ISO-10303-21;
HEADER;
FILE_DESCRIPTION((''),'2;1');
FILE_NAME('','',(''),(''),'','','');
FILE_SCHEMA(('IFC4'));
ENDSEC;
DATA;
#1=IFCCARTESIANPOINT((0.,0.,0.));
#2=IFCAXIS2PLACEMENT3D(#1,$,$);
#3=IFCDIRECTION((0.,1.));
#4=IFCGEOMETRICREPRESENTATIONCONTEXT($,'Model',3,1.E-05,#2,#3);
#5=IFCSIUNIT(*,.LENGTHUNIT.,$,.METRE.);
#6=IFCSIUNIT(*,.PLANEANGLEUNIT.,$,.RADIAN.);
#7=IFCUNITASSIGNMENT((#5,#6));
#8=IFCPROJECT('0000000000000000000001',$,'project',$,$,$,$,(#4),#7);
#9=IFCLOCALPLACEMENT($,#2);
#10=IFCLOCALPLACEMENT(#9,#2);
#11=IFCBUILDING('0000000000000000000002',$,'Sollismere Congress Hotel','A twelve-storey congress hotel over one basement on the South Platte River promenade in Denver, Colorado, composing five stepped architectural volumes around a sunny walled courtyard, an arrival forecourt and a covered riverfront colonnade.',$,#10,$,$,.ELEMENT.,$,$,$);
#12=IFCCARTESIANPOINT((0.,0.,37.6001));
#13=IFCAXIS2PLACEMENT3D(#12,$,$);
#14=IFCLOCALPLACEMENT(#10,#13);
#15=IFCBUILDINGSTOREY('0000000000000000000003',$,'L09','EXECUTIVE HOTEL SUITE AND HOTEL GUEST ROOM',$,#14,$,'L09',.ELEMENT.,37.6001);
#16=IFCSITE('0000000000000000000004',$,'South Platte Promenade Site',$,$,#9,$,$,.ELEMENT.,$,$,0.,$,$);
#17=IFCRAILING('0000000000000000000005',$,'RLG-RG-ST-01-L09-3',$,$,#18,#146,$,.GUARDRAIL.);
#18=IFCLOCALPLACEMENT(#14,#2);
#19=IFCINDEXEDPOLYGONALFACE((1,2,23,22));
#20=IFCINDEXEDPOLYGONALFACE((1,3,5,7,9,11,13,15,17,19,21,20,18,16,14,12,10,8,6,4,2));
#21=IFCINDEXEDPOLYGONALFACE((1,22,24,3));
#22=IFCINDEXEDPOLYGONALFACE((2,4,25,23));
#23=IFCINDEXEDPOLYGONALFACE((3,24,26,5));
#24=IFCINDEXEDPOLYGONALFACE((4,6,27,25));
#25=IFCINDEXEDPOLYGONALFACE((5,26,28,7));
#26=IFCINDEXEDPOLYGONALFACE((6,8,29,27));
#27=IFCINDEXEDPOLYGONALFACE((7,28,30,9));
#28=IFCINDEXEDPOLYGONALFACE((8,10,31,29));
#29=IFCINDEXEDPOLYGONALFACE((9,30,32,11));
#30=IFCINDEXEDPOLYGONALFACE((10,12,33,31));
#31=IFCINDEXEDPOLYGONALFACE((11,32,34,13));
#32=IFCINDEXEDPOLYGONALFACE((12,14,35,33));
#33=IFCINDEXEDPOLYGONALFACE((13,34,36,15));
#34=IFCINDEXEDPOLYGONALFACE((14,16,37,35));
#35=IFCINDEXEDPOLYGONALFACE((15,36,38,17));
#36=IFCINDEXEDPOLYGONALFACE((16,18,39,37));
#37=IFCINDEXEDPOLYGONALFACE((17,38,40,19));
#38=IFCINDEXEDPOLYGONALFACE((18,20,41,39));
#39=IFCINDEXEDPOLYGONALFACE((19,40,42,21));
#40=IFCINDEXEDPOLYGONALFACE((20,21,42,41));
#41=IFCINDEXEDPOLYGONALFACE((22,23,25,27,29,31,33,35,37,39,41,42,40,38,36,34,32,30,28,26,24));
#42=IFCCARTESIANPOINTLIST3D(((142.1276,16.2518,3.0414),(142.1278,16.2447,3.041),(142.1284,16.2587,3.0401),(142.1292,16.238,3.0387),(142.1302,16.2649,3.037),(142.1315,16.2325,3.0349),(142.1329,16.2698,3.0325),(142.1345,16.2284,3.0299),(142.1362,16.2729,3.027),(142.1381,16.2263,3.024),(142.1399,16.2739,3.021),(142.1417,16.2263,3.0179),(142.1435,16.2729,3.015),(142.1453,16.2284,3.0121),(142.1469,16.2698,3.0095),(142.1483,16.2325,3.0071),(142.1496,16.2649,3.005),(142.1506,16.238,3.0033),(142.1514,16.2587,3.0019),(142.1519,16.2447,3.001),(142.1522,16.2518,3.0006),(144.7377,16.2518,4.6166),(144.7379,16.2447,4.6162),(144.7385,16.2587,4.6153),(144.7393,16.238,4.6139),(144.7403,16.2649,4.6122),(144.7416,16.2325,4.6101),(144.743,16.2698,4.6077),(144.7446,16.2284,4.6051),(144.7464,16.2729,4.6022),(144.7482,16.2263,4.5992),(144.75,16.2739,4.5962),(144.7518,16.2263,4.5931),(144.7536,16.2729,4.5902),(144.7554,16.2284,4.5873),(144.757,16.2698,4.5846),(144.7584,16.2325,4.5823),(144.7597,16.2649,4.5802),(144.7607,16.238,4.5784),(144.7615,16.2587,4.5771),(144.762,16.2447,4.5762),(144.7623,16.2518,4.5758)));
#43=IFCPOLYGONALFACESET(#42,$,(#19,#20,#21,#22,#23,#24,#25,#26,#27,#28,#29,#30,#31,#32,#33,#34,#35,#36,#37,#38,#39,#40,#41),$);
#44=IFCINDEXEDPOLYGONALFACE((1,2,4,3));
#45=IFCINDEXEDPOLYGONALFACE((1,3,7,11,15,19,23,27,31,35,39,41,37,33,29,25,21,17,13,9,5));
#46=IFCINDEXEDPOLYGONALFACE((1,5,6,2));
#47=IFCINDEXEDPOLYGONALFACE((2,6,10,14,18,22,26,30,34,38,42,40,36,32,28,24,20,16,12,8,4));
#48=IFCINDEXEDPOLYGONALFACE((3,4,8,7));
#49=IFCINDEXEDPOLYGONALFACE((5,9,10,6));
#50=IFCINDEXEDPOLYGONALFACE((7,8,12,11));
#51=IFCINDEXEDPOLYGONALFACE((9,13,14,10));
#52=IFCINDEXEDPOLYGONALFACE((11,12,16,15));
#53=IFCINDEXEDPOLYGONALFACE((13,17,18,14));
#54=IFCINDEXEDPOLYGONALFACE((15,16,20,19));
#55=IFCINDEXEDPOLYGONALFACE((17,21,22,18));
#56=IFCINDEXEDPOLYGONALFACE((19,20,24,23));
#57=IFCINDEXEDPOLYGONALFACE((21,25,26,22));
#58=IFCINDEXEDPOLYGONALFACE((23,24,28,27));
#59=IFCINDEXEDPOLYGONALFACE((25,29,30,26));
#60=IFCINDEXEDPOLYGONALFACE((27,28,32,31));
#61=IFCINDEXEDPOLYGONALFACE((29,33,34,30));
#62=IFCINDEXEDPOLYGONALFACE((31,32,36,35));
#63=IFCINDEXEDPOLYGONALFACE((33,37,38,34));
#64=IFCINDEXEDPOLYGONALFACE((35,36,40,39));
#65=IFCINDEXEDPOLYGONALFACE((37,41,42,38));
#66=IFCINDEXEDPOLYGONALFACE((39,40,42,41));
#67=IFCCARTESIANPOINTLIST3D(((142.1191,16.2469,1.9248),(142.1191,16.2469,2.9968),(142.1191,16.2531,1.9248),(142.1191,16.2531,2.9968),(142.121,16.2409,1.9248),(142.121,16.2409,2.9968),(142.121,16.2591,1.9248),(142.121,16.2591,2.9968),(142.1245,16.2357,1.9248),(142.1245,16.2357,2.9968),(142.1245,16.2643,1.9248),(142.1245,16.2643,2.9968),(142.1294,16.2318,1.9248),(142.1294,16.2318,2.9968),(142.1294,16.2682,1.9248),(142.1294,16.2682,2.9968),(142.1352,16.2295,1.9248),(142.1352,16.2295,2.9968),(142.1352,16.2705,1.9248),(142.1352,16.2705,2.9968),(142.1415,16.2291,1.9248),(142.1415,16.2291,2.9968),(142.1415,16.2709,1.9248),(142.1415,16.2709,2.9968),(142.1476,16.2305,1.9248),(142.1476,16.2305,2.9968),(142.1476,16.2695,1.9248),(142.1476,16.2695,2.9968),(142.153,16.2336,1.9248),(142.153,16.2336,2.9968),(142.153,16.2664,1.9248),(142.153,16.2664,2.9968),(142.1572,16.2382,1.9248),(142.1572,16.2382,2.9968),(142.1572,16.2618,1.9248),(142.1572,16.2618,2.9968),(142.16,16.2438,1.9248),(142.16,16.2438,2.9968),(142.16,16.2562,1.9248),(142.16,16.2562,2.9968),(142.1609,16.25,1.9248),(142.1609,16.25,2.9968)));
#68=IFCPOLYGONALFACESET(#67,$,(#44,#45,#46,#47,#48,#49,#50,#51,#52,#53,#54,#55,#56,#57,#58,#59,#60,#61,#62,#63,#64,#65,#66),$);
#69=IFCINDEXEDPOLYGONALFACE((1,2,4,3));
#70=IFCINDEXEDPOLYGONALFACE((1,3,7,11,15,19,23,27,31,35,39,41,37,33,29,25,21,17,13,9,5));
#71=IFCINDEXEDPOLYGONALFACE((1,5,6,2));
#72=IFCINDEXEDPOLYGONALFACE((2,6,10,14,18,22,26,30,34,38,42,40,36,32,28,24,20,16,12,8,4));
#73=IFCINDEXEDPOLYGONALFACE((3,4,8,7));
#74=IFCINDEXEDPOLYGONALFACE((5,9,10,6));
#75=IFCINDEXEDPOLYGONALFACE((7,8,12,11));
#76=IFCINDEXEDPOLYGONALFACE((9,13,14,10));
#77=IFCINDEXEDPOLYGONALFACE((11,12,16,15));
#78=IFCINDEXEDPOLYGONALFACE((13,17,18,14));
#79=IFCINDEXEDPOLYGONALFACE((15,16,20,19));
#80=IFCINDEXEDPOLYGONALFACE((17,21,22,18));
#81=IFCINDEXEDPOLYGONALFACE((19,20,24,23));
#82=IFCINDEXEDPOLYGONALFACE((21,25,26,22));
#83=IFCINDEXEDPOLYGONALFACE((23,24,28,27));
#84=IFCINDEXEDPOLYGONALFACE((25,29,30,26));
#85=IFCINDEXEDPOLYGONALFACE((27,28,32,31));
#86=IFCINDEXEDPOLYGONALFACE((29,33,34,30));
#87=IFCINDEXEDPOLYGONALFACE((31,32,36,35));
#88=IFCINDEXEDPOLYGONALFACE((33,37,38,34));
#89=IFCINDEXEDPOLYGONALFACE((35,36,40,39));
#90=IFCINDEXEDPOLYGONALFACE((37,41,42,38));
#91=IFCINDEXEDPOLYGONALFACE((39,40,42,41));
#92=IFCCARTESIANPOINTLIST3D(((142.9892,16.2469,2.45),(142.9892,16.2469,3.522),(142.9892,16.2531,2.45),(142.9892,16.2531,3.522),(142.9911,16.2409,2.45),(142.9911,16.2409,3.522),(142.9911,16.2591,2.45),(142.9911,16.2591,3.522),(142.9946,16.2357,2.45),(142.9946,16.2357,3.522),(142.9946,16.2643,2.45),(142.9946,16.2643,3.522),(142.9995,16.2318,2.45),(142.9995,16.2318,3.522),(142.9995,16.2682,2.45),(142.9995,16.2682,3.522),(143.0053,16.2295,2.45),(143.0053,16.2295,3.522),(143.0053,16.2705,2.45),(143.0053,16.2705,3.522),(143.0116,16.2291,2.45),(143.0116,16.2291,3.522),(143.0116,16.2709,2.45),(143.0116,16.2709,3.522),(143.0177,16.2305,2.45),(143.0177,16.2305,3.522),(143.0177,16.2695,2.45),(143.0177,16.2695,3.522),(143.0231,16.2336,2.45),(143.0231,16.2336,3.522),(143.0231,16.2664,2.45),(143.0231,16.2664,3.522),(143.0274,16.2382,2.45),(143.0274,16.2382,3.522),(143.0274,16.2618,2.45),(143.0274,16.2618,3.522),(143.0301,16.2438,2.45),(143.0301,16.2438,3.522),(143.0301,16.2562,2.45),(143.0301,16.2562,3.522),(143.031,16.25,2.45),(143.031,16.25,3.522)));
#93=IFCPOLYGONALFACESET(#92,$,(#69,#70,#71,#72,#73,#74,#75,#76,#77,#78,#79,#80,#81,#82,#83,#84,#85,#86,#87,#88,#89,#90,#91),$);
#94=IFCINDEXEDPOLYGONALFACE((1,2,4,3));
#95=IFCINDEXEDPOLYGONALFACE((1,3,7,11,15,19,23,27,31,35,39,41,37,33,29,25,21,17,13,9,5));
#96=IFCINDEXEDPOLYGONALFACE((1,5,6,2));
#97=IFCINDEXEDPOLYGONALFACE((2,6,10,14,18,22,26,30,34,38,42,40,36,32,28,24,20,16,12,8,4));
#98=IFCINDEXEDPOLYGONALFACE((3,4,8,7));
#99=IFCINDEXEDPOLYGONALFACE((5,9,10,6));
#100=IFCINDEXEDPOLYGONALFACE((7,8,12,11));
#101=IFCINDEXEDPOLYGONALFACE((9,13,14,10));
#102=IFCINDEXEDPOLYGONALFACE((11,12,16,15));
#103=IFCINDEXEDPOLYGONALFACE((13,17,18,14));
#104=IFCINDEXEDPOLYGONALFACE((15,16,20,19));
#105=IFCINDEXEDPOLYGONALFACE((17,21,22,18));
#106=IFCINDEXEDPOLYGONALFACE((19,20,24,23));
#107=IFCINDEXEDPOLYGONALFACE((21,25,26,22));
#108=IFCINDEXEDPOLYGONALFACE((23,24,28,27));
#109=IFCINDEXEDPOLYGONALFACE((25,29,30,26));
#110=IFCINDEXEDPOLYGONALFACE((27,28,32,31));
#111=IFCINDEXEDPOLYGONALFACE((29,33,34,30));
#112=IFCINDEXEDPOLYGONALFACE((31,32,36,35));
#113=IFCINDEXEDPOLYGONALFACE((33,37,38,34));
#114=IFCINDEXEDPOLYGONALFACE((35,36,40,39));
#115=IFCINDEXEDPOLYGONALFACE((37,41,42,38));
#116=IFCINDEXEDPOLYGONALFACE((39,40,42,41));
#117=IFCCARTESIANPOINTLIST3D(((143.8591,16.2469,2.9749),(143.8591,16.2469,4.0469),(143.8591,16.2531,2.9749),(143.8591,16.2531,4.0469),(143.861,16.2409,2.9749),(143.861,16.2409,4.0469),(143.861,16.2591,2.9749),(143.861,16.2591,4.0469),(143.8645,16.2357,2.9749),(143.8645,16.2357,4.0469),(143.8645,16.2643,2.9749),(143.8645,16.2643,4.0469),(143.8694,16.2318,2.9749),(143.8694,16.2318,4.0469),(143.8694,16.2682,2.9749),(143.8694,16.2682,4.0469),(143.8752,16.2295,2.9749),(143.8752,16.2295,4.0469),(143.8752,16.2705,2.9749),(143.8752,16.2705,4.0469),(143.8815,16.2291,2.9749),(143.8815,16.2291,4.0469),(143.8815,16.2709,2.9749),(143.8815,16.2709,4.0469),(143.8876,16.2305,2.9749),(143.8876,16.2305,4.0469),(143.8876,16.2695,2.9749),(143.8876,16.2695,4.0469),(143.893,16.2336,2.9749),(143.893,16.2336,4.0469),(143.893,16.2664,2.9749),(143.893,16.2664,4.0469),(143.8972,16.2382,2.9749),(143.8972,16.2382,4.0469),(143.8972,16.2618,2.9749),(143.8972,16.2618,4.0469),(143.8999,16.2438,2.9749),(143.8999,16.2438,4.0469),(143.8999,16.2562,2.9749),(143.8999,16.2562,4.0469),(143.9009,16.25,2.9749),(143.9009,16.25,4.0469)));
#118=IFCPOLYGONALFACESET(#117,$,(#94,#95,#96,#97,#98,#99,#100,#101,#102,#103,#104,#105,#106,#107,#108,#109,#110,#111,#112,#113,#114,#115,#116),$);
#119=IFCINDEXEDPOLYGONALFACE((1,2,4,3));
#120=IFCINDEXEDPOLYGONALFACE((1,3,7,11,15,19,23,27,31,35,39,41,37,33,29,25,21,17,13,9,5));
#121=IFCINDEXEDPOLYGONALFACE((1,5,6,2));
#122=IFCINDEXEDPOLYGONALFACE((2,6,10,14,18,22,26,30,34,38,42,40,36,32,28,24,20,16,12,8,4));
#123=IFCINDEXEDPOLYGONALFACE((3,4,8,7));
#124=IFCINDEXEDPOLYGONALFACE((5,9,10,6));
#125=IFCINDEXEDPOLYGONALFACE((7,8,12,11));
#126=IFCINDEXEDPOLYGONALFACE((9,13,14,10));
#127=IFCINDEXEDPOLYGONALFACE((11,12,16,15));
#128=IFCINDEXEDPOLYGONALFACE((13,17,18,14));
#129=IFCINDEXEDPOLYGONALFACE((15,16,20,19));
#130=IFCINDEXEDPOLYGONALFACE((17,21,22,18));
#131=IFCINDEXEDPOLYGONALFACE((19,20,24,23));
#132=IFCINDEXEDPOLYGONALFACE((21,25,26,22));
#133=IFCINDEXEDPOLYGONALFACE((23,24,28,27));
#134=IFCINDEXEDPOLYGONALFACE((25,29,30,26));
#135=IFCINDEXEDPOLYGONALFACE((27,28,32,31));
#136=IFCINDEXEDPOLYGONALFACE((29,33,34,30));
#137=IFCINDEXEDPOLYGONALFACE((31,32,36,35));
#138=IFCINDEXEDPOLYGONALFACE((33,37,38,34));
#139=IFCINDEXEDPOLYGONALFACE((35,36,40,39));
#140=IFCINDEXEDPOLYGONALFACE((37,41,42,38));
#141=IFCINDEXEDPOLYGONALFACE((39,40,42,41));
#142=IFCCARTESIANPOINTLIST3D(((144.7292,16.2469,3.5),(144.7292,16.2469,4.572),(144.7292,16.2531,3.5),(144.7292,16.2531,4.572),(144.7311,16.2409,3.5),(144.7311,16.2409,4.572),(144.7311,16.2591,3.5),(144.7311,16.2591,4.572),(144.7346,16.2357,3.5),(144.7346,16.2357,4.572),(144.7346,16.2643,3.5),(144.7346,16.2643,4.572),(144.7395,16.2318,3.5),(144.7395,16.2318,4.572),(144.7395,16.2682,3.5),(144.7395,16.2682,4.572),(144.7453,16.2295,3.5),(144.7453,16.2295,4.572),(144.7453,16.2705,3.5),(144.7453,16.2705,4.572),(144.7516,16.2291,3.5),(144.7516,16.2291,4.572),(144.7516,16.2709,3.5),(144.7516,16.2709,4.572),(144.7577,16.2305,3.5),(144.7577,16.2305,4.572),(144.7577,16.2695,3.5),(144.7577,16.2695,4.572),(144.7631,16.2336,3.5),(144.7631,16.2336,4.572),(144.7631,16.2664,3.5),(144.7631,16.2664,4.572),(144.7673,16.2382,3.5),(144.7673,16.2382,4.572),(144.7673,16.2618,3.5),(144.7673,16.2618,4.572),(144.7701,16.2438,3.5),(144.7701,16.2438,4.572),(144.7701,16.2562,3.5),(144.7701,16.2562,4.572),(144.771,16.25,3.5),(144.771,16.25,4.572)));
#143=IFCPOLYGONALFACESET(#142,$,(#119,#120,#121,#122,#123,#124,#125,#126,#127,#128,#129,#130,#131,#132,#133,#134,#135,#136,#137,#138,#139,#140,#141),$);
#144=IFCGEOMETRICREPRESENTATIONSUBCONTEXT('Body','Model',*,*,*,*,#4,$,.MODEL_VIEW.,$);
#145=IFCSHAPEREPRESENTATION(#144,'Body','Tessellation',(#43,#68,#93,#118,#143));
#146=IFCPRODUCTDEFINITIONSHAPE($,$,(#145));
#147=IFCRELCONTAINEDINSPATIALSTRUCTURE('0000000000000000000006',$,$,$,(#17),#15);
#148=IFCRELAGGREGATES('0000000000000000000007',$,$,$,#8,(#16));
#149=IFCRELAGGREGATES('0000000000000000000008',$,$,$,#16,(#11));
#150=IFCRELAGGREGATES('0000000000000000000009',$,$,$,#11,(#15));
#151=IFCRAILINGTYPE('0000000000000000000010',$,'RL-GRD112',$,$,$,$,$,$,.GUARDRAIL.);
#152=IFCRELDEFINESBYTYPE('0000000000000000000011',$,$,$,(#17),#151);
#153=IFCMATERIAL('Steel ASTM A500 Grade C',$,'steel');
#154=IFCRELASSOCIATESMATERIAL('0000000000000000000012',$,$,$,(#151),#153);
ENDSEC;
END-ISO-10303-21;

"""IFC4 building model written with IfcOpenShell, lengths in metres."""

from ifc_helpers import new_model, si_unit, direction, frame, origin, origin_2d, place, context, subcontext, project, spatial, circle, extrude, material, type_object, element, save


model = new_model("IFC4")

# Units and contexts
model_context = context("Model", 3, precision=1e-05, world=origin(), true_north=direction((0.0, 1.0)))
body_context = subcontext(model_context, "Body", "Model", "MODEL_VIEW")
ifc_project = project(units=[si_unit("LENGTHUNIT", "METRE"), si_unit("PLANEANGLEUNIT", "RADIAN")], contexts=[model_context])

# Site, building, storey
site_placement = place(None, origin())
site = spatial("IfcSite", under=ifc_project, at=site_placement, Name="South Platte Promenade Site", CompositionType="ELEMENT", RefElevation=0.0)
building_placement = place(site_placement, origin())
building = spatial("IfcBuilding", under=site, at=building_placement, Name="Sollismere Congress Hotel", Description="A twelve-storey congress hotel over one basement on the South Platte River promenade in Denver, Colorado, composing five stepped architectural volumes around a sunny walled courtyard, an arrival forecourt and a covered riverfront colonnade.", CompositionType="ELEMENT")
storey_placement = place(building_placement, frame((0.0, 0.0, 37.6001)))
storey = spatial("IfcBuildingStorey", under=building, at=storey_placement, Name="L09", Description="EXECUTIVE HOTEL SUITE AND HOTEL GUEST ROOM", LongName="L09", CompositionType="ELEMENT", Elevation=37.6001)

# Railing
ifc_material_1 = material(Name="Steel ASTM A500 Grade C", Category="steel")
railing_type_1 = type_object("IfcRailingType", Name="RL-GRD112", PredefinedType="GUARDRAIL", material=ifc_material_1)
railing_1_placement = place(storey_placement, frame((142.1399, 16.25, 1.9248)))
element("IfcRailing", 1, at=railing_1_placement, inside=storey, type_object=railing_type_1, Name="RLG-RG-ST-01-L09-3", PredefinedType="GUARDRAIL", context=body_context, shape_type="SweptSolid", body=[
    extrude(circle(Radius=0.0239, at=origin_2d()), frame((0.0, 0.0, 1.0962), z_axis=(0.856169, 0.0, 0.516696), x_axis=(0.0, 1.0, 0.0)), (0.0, 0.0, 1.0), 3.0486),
    extrude(circle(Radius=0.021, at=origin_2d()), origin(), (0.0, 0.0, 1.0), 1.072),
    extrude(circle(Radius=0.021, at=origin_2d()), frame((0.8701, 0.0, 0.5251)), (0.0, 0.0, 1.0), 1.072),
    extrude(circle(Radius=0.021, at=origin_2d()), frame((1.74, 0.0, 1.05)), (0.0, 0.0, 1.0), 1.072),
    extrude(circle(Radius=0.021, at=origin_2d()), frame((2.6101, 0.0, 1.5752)), (0.0, 0.0, 1.0), 1.072),
])

save(model, "model.ifc")
